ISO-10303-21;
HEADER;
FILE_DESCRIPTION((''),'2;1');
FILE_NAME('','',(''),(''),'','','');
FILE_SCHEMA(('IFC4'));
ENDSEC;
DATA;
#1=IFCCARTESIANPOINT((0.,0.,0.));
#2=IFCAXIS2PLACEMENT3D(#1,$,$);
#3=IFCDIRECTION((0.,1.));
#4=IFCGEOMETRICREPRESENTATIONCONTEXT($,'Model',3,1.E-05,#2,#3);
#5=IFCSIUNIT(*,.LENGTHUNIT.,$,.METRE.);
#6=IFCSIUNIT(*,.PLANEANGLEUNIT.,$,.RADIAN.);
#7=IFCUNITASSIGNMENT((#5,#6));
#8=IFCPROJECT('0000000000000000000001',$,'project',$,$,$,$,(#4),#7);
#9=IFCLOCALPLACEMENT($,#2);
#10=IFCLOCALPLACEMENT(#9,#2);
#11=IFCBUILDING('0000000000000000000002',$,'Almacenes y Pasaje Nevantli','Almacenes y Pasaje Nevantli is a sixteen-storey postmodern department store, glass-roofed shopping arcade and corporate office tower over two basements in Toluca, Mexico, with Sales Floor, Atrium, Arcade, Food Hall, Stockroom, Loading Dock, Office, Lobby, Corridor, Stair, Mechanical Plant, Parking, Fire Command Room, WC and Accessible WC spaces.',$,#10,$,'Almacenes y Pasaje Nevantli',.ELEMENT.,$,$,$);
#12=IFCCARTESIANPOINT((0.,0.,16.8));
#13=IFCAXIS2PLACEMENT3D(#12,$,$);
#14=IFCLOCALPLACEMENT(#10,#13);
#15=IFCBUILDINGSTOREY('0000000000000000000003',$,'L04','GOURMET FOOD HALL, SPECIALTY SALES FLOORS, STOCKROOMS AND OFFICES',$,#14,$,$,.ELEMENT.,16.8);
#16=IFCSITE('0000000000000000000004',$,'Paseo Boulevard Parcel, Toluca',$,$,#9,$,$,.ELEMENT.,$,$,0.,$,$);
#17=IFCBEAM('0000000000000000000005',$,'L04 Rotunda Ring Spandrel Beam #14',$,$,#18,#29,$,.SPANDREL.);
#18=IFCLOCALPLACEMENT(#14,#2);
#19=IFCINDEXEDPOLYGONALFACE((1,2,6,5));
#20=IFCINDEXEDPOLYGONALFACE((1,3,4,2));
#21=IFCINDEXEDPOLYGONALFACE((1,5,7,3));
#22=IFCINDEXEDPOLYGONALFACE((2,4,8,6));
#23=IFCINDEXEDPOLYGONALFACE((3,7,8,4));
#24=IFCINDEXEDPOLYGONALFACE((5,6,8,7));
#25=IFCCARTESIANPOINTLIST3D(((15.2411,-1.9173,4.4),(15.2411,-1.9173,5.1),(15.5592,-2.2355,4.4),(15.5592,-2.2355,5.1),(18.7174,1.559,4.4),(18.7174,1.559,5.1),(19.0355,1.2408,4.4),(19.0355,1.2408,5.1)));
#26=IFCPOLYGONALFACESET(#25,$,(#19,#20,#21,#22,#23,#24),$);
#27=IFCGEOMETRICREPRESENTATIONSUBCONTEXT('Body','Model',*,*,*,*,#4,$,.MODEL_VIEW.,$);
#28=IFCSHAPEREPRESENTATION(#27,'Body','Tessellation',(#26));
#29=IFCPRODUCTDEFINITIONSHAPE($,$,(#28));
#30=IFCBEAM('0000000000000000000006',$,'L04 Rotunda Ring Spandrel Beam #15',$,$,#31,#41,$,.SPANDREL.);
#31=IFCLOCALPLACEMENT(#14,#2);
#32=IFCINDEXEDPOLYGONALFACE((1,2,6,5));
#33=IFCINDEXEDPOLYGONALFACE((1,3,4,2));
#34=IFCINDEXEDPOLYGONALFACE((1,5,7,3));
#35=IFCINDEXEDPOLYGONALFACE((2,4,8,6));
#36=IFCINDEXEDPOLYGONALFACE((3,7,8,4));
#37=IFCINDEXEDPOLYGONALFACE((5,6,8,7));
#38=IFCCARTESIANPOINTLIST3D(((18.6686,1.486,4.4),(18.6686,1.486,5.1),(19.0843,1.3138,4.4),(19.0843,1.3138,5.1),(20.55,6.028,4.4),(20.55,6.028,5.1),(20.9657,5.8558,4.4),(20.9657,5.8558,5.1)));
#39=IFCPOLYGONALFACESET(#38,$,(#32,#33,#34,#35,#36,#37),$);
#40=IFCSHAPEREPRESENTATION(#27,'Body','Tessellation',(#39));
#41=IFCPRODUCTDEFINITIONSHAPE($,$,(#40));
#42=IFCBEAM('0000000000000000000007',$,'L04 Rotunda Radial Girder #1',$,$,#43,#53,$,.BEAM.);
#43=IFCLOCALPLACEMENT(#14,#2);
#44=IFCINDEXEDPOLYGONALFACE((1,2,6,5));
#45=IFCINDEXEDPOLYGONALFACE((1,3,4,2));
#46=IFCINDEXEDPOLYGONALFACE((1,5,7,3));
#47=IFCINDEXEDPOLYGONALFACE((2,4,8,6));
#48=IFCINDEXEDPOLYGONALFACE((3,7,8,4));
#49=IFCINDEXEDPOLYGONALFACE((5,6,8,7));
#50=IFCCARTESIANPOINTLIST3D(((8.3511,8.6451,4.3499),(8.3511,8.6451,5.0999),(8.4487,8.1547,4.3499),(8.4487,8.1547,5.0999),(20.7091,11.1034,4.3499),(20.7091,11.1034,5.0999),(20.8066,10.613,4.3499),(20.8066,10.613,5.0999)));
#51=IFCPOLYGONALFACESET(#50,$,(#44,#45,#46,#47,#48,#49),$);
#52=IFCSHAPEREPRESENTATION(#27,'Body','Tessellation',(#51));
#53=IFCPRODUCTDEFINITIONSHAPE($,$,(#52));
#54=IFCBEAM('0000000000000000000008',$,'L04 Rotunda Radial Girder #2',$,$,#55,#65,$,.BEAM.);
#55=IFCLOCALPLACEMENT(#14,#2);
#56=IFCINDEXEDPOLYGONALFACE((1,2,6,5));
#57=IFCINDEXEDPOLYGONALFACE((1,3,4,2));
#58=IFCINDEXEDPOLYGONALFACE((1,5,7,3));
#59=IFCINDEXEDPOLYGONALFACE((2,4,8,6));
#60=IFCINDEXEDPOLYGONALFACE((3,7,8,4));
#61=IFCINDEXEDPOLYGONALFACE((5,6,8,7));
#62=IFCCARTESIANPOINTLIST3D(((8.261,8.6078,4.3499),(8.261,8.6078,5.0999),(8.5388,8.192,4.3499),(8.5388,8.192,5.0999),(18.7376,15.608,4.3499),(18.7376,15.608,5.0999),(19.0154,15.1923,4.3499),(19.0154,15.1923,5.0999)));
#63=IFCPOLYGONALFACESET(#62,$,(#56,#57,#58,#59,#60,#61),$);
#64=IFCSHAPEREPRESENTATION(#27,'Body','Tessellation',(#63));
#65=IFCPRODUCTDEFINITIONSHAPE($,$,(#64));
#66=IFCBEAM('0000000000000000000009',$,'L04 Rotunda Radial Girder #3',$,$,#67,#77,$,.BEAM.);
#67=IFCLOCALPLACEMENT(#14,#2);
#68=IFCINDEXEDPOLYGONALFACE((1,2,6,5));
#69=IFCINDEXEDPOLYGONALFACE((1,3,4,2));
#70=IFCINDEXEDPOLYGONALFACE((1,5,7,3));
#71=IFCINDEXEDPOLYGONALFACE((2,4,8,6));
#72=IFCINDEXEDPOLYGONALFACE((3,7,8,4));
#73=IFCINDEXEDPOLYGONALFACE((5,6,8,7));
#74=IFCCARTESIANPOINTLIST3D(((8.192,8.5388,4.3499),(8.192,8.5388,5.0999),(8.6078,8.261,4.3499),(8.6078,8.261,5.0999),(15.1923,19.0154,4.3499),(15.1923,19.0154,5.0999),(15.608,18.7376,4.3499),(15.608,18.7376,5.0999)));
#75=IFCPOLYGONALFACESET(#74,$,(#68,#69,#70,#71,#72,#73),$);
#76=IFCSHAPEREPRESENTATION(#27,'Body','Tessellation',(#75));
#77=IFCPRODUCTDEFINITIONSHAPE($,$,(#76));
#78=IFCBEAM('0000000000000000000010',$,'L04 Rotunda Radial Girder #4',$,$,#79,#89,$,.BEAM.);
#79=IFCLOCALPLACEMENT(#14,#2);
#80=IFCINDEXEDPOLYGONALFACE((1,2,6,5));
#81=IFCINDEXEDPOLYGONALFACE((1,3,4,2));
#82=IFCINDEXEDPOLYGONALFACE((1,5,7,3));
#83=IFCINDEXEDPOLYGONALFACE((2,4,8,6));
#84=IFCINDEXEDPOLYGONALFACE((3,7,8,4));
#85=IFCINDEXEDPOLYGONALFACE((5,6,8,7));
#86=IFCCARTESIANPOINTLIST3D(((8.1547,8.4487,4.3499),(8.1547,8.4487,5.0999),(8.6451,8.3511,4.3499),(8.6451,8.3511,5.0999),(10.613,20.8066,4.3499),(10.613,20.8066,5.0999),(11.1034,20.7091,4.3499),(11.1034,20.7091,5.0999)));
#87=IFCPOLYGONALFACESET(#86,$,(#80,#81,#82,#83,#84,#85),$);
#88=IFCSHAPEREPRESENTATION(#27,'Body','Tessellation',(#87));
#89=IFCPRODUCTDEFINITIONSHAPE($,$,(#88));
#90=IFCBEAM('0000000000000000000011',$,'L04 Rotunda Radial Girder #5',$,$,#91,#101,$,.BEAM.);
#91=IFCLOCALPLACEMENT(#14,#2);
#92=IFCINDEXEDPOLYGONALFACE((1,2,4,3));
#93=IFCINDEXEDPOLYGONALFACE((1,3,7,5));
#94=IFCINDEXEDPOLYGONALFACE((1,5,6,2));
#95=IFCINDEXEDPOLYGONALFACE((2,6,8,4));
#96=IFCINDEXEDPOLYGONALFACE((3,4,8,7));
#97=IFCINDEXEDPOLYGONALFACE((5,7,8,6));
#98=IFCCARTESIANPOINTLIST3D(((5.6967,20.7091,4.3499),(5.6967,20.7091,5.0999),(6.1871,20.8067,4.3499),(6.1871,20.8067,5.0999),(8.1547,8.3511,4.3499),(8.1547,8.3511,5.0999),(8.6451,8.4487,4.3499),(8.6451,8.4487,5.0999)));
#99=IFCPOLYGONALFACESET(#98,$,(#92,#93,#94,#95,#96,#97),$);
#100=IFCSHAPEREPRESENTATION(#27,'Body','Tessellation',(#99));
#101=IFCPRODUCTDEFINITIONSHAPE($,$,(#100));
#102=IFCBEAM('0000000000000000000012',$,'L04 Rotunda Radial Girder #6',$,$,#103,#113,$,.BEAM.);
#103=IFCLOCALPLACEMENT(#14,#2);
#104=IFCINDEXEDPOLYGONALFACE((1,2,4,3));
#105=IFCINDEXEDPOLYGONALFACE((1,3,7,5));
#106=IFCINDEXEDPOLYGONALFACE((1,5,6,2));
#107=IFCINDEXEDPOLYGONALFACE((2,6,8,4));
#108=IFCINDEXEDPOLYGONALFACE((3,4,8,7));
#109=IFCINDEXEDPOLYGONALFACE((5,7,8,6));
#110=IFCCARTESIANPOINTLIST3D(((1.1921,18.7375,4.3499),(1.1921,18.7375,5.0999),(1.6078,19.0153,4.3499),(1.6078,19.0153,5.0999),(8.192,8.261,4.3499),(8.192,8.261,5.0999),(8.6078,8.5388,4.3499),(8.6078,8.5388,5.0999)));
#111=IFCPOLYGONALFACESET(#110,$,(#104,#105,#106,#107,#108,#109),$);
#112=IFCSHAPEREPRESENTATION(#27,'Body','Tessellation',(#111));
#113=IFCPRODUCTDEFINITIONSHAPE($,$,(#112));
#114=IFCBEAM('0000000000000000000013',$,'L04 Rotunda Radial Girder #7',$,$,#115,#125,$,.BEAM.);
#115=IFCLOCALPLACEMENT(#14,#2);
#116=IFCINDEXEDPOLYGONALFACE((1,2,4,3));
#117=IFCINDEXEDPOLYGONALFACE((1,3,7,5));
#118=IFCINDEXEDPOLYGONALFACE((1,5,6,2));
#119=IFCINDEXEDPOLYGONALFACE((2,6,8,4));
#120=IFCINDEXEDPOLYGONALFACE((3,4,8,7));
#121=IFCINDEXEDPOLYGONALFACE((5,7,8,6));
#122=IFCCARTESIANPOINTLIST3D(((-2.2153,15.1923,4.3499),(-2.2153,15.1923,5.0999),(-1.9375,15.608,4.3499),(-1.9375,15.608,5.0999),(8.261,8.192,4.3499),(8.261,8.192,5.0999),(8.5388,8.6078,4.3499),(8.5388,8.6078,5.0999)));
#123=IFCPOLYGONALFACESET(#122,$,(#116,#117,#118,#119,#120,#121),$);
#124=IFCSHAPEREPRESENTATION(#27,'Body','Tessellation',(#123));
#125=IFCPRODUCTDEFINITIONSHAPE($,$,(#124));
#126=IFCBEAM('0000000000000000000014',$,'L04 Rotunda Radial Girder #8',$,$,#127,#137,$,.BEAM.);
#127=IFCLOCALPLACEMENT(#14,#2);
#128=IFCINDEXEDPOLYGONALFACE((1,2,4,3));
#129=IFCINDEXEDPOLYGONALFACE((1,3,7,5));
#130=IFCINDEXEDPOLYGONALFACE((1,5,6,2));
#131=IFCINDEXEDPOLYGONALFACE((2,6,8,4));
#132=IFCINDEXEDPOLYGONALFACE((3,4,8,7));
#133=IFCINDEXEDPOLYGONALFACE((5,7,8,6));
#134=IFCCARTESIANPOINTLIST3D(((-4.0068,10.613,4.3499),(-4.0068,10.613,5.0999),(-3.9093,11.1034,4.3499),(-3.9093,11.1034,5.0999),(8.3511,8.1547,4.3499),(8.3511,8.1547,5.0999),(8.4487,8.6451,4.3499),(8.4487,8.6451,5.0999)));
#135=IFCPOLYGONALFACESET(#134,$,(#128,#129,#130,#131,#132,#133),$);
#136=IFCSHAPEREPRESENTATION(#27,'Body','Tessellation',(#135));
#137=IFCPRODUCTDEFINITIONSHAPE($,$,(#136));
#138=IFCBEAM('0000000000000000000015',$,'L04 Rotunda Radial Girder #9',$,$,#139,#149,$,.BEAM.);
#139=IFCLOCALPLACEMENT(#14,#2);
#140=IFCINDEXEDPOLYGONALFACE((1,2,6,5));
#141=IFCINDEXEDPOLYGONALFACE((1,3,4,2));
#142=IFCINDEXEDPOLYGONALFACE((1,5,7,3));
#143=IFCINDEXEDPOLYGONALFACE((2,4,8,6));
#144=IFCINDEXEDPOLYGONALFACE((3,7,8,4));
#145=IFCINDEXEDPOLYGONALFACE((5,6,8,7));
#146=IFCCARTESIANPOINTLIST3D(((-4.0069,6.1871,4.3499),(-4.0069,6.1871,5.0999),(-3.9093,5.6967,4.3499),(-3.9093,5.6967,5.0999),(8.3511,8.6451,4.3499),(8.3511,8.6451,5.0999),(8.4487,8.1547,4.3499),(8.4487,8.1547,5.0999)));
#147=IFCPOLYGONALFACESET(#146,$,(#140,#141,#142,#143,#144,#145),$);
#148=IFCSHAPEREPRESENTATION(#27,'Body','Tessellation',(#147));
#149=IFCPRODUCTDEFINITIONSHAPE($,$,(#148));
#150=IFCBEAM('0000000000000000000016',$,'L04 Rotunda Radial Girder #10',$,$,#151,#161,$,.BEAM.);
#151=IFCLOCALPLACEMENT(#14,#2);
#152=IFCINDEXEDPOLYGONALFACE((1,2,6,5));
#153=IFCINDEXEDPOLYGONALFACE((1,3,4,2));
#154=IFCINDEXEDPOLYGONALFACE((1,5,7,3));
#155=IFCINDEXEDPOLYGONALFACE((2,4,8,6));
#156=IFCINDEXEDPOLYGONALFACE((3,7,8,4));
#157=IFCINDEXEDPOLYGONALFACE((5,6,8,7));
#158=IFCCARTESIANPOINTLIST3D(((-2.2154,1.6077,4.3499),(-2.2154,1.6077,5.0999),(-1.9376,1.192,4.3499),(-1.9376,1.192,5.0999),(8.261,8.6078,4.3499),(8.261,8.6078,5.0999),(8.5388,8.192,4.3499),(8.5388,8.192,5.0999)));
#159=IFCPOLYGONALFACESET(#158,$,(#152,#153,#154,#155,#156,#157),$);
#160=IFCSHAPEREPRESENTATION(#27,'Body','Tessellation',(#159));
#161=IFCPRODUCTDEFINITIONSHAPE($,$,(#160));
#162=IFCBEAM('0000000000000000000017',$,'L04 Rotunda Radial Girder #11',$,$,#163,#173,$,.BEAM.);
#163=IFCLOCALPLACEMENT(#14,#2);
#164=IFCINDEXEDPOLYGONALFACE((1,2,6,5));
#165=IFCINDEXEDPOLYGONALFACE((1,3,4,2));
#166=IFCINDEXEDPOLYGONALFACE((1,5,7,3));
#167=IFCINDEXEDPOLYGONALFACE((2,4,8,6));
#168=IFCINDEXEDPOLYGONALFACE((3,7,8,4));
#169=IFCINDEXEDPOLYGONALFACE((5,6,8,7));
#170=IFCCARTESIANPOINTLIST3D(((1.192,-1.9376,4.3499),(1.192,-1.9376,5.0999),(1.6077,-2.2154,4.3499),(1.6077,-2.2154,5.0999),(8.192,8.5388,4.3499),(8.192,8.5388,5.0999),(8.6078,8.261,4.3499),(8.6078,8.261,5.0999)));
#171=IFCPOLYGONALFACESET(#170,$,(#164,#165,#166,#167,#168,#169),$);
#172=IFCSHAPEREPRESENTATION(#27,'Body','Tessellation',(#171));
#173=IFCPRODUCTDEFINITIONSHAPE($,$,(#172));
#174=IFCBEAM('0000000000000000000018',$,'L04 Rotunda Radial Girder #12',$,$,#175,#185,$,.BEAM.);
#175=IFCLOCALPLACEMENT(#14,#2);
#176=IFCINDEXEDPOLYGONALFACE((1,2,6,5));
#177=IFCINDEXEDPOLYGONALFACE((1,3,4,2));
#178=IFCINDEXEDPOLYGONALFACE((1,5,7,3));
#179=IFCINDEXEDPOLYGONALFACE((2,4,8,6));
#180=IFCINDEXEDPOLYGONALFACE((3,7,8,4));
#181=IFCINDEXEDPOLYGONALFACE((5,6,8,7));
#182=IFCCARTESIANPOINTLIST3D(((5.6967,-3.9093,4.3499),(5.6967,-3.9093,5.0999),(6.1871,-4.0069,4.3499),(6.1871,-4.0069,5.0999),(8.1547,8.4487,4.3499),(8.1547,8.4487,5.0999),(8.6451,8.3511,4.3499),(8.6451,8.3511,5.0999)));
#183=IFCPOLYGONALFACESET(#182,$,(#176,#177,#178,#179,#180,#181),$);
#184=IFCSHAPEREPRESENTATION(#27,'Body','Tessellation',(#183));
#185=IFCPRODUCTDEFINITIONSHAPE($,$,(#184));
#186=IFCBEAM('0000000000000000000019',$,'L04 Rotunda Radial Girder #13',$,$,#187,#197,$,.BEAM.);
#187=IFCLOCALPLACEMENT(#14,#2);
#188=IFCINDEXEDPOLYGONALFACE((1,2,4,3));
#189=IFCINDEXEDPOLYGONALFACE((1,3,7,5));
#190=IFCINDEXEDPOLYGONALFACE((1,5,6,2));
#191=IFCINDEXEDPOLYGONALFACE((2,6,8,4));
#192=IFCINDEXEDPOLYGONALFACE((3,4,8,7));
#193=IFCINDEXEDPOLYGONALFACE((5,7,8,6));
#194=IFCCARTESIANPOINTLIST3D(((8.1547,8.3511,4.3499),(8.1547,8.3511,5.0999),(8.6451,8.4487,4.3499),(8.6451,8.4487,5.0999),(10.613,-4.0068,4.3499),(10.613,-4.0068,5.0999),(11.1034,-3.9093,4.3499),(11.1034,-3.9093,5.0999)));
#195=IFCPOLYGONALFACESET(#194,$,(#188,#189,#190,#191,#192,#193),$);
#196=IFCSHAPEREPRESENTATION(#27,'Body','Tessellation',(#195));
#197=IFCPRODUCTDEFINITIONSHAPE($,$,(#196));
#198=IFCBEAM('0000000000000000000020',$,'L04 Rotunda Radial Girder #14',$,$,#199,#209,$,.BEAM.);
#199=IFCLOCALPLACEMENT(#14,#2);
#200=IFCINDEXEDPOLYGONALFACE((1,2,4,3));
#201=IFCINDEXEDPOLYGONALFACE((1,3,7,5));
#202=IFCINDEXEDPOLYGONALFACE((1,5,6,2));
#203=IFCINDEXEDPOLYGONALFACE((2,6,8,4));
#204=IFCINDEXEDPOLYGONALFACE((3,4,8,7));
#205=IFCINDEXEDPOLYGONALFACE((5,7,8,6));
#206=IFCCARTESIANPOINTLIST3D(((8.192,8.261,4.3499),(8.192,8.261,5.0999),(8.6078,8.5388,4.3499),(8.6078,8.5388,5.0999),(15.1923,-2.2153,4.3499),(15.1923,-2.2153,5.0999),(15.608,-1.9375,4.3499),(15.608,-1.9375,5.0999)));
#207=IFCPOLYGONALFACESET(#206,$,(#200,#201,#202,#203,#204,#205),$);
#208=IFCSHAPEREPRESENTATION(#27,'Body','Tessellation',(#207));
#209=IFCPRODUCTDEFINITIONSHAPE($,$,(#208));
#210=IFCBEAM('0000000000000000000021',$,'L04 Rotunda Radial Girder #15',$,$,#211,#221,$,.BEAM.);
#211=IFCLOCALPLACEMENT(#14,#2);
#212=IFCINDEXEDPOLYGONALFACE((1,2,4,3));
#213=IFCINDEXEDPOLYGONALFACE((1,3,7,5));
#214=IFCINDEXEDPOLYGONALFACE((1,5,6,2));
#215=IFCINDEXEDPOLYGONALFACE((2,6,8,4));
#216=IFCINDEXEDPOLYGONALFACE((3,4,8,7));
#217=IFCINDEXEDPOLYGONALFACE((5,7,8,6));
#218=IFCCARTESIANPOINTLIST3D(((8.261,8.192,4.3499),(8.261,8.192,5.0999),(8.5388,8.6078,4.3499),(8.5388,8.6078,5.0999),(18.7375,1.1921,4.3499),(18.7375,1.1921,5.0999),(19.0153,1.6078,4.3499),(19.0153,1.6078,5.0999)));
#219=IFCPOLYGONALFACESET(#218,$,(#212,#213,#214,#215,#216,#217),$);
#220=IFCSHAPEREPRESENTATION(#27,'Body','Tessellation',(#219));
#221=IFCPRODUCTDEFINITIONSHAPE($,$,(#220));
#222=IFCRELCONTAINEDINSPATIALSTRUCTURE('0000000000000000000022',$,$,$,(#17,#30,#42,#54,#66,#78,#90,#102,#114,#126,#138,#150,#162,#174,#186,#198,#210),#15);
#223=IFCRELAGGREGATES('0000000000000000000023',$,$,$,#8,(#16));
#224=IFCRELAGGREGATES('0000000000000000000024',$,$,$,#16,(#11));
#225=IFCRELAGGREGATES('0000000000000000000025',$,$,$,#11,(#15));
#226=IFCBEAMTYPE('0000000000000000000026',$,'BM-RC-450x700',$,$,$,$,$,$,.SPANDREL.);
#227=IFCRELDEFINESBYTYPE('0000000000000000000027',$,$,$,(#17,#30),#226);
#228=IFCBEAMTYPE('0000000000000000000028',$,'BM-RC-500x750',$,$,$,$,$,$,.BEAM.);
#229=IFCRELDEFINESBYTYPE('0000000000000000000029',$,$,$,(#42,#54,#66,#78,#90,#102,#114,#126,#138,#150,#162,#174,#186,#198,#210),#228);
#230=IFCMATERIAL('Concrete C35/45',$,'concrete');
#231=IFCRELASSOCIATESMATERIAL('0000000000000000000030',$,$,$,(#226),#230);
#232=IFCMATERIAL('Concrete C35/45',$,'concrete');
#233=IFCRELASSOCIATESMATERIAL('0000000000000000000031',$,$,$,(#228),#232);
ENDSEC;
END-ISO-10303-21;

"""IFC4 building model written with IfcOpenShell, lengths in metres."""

from ifc_helpers import new_model, si_unit, direction, frame, origin, origin_2d, place, context, subcontext, project, spatial, rectangle, extrude, material, material_profile, profile_set, type_object, element, save


model = new_model("IFC4")

# Units and contexts
model_context = context("Model", 3, precision=1e-05, world=origin(), true_north=direction((0.0, 1.0)))
body_context = subcontext(model_context, "Body", "Model", "MODEL_VIEW")
ifc_project = project(units=[si_unit("LENGTHUNIT", "METRE"), si_unit("PLANEANGLEUNIT", "RADIAN")], contexts=[model_context])

# Site, building, storey
site_placement = place(None, origin())
site = spatial("IfcSite", under=ifc_project, at=site_placement, Name="Paseo Boulevard Parcel, Toluca", CompositionType="ELEMENT", RefElevation=0.0)
building_placement = place(site_placement, origin())
building = spatial("IfcBuilding", under=site, at=building_placement, Name="Almacenes y Pasaje Nevantli", Description="Almacenes y Pasaje Nevantli is a sixteen-storey postmodern department store, glass-roofed shopping arcade and corporate office tower over two basements in Toluca, Mexico, with Sales Floor, Atrium, Arcade, Food Hall, Stockroom, Loading Dock, Office, Lobby, Corridor, Stair, Mechanical Plant, Parking, Fire Command Room, WC and Accessible WC spaces.", LongName="Almacenes y Pasaje Nevantli", CompositionType="ELEMENT")
storey_placement = place(building_placement, frame((0.0, 0.0, 16.8)))
storey = spatial("IfcBuildingStorey", under=building, at=storey_placement, Name="L04", Description="GOURMET FOOD HALL, SPECIALTY SALES FLOORS, STOCKROOMS AND OFFICES", CompositionType="ELEMENT", Elevation=16.8)

# Beams
ifc_material_1 = material(Name="Concrete C35/45", Category="concrete")
ifc_material_profile_1 = material_profile(ifc_material_1, rectangle(XDim=0.45, YDim=0.7, at=origin_2d()), Name="RC-BM-450x700")
ifc_profile_set_1 = profile_set([ifc_material_profile_1], Name="Concrete C35/45")
beam_type_1 = type_object("IfcBeamType", Name="BM-RC-450x700", PredefinedType="SPANDREL", material=ifc_profile_set_1)
for number, where, z_axis, x_axis, name in (
    (1, (15.4001, -2.0764, 4.75), (0.707107, 0.707107, 0.0), (-0.707107, 0.707107, 0.0), "L04 Rotunda Ring Spandrel Beam #14"),
    (2, (18.8765, 1.3999, 4.75), (0.382682, 0.92388, 0.0), (-0.92388, 0.382682, 0.0), "L04 Rotunda Ring Spandrel Beam #15"),
):
    element("IfcBeam", number, at=place(storey_placement, frame(where, z_axis=z_axis, x_axis=x_axis)), inside=storey, type_object=beam_type_1, Name=name, PredefinedType="SPANDREL", context=body_context, shape_type="SweptSolid", body=[
        extrude(rectangle(XDim=0.45, YDim=0.7, at=origin_2d()), origin(), (0.0, 0.0, 1.0), 4.9163),
    ])
ifc_material_2 = material(Name="Concrete C35/45", Category="concrete")
ifc_material_profile_2 = material_profile(ifc_material_2, rectangle(XDim=0.5, YDim=0.75, at=origin_2d()), Name="RC-BM-500x750")
ifc_profile_set_2 = profile_set([ifc_material_profile_2], Name="Concrete C35/45")
beam_type_2 = type_object("IfcBeamType", Name="BM-RC-500x750", PredefinedType="BEAM", material=ifc_profile_set_2)
for number, where, z_axis, x_axis, name in (
    (3, (8.3999, 8.3999, 4.7249), (0.980784, 0.195099, 0.0), (-0.195099, 0.980784, 0.0), "L04 Rotunda Radial Girder #1"),
    (4, (8.3999, 8.3999, 4.7249), (0.831469, 0.555572, 0.0), (-0.555572, 0.831469, 0.0), "L04 Rotunda Radial Girder #2"),
    (5, (8.3999, 8.3999, 4.7249), (0.555572, 0.831469, 0.0), (-0.831469, 0.555572, 0.0), "L04 Rotunda Radial Girder #3"),
    (6, (8.3999, 8.3999, 4.7249), (0.195099, 0.980784, 0.0), (-0.980784, 0.195099, 0.0), "L04 Rotunda Radial Girder #4"),
    (7, (8.3999, 8.3999, 4.7249), (-0.19508, 0.980787, 0.0), (-0.980787, -0.19508, 0.0), "L04 Rotunda Radial Girder #5"),
):
    element("IfcBeam", number, at=place(storey_placement, frame(where, z_axis=z_axis, x_axis=x_axis)), inside=storey, type_object=beam_type_2, Name=name, PredefinedType="BEAM", context=body_context, shape_type="SweptSolid", body=[
        extrude(rectangle(XDim=0.5, YDim=0.75, at=origin_2d()), origin(), (0.0, 0.0, 1.0), 12.6001),
    ])
for number, where, z_axis, x_axis, name in (
    (8, (8.3999, 8.3999, 4.7249), (-0.555558, 0.831478, 0.0), (-0.831478, -0.555558, 0.0), "L04 Rotunda Radial Girder #6"),
    (9, (8.3999, 8.3999, 4.7249), (-0.831463, 0.555581, 0.0), (-0.555581, -0.831463, 0.0), "L04 Rotunda Radial Girder #7"),
):
    element("IfcBeam", number, at=place(storey_placement, frame(where, z_axis=z_axis, x_axis=x_axis)), inside=storey, type_object=beam_type_2, Name=name, PredefinedType="BEAM", context=body_context, shape_type="SweptSolid", body=[
        extrude(rectangle(XDim=0.5, YDim=0.75, at=origin_2d()), origin(), (0.0, 0.0, 1.0), 12.5999),
    ])
for number, where, z_axis, x_axis, name in (
    (10, (8.3999, 8.3999, 4.7249), (-0.980784, 0.195099, 0.0), (-0.195099, -0.980784, 0.0), "L04 Rotunda Radial Girder #8"),
    (11, (8.3999, 8.3999, 4.7249), (-0.980787, -0.19508, 0.0), (0.19508, -0.980787, 0.0), "L04 Rotunda Radial Girder #9"),
):
    element("IfcBeam", number, at=place(storey_placement, frame(where, z_axis=z_axis, x_axis=x_axis)), inside=storey, type_object=beam_type_2, Name=name, PredefinedType="BEAM", context=body_context, shape_type="SweptSolid", body=[
        extrude(rectangle(XDim=0.5, YDim=0.75, at=origin_2d()), origin(), (0.0, 0.0, 1.0), 12.6001),
    ])
for number, where, z_axis, x_axis, name in (
    (12, (8.3999, 8.3999, 4.7249), (-0.831472, -0.555567, 0.0), (0.555567, -0.831472, 0.0), "L04 Rotunda Radial Girder #10"),
    (13, (8.3999, 8.3999, 4.7249), (-0.555567, -0.831472, 0.0), (0.831472, -0.555567, 0.0), "L04 Rotunda Radial Girder #11"),
):
    element("IfcBeam", number, at=place(storey_placement, frame(where, z_axis=z_axis, x_axis=x_axis)), inside=storey, type_object=beam_type_2, Name=name, PredefinedType="BEAM", context=body_context, shape_type="SweptSolid", body=[
        extrude(rectangle(XDim=0.5, YDim=0.75, at=origin_2d()), origin(), (0.0, 0.0, 1.0), 12.5999),
    ])
for number, where, z_axis, x_axis, name in (
    (14, (8.3999, 8.3999, 4.7249), (-0.19508, -0.980787, 0.0), (0.980787, -0.19508, 0.0), "L04 Rotunda Radial Girder #12"),
    (15, (8.3999, 8.3999, 4.7249), (0.195099, -0.980784, 0.0), (0.980784, 0.195099, 0.0), "L04 Rotunda Radial Girder #13"),
):
    element("IfcBeam", number, at=place(storey_placement, frame(where, z_axis=z_axis, x_axis=x_axis)), inside=storey, type_object=beam_type_2, Name=name, PredefinedType="BEAM", context=body_context, shape_type="SweptSolid", body=[
        extrude(rectangle(XDim=0.5, YDim=0.75, at=origin_2d()), origin(), (0.0, 0.0, 1.0), 12.6001),
    ])
for number, where, z_axis, x_axis, name in (
    (16, (8.3999, 8.3999, 4.7249), (0.555581, -0.831463, 0.0), (0.831463, 0.555581, 0.0), "L04 Rotunda Radial Girder #14"),
    (17, (8.3999, 8.3999, 4.7249), (0.831478, -0.555558, 0.0), (0.555558, 0.831478, 0.0), "L04 Rotunda Radial Girder #15"),
):
    element("IfcBeam", number, at=place(storey_placement, frame(where, z_axis=z_axis, x_axis=x_axis)), inside=storey, type_object=beam_type_2, Name=name, PredefinedType="BEAM", context=body_context, shape_type="SweptSolid", body=[
        extrude(rectangle(XDim=0.5, YDim=0.75, at=origin_2d()), origin(), (0.0, 0.0, 1.0), 12.5999),
    ])

save(model, "model.ifc")
